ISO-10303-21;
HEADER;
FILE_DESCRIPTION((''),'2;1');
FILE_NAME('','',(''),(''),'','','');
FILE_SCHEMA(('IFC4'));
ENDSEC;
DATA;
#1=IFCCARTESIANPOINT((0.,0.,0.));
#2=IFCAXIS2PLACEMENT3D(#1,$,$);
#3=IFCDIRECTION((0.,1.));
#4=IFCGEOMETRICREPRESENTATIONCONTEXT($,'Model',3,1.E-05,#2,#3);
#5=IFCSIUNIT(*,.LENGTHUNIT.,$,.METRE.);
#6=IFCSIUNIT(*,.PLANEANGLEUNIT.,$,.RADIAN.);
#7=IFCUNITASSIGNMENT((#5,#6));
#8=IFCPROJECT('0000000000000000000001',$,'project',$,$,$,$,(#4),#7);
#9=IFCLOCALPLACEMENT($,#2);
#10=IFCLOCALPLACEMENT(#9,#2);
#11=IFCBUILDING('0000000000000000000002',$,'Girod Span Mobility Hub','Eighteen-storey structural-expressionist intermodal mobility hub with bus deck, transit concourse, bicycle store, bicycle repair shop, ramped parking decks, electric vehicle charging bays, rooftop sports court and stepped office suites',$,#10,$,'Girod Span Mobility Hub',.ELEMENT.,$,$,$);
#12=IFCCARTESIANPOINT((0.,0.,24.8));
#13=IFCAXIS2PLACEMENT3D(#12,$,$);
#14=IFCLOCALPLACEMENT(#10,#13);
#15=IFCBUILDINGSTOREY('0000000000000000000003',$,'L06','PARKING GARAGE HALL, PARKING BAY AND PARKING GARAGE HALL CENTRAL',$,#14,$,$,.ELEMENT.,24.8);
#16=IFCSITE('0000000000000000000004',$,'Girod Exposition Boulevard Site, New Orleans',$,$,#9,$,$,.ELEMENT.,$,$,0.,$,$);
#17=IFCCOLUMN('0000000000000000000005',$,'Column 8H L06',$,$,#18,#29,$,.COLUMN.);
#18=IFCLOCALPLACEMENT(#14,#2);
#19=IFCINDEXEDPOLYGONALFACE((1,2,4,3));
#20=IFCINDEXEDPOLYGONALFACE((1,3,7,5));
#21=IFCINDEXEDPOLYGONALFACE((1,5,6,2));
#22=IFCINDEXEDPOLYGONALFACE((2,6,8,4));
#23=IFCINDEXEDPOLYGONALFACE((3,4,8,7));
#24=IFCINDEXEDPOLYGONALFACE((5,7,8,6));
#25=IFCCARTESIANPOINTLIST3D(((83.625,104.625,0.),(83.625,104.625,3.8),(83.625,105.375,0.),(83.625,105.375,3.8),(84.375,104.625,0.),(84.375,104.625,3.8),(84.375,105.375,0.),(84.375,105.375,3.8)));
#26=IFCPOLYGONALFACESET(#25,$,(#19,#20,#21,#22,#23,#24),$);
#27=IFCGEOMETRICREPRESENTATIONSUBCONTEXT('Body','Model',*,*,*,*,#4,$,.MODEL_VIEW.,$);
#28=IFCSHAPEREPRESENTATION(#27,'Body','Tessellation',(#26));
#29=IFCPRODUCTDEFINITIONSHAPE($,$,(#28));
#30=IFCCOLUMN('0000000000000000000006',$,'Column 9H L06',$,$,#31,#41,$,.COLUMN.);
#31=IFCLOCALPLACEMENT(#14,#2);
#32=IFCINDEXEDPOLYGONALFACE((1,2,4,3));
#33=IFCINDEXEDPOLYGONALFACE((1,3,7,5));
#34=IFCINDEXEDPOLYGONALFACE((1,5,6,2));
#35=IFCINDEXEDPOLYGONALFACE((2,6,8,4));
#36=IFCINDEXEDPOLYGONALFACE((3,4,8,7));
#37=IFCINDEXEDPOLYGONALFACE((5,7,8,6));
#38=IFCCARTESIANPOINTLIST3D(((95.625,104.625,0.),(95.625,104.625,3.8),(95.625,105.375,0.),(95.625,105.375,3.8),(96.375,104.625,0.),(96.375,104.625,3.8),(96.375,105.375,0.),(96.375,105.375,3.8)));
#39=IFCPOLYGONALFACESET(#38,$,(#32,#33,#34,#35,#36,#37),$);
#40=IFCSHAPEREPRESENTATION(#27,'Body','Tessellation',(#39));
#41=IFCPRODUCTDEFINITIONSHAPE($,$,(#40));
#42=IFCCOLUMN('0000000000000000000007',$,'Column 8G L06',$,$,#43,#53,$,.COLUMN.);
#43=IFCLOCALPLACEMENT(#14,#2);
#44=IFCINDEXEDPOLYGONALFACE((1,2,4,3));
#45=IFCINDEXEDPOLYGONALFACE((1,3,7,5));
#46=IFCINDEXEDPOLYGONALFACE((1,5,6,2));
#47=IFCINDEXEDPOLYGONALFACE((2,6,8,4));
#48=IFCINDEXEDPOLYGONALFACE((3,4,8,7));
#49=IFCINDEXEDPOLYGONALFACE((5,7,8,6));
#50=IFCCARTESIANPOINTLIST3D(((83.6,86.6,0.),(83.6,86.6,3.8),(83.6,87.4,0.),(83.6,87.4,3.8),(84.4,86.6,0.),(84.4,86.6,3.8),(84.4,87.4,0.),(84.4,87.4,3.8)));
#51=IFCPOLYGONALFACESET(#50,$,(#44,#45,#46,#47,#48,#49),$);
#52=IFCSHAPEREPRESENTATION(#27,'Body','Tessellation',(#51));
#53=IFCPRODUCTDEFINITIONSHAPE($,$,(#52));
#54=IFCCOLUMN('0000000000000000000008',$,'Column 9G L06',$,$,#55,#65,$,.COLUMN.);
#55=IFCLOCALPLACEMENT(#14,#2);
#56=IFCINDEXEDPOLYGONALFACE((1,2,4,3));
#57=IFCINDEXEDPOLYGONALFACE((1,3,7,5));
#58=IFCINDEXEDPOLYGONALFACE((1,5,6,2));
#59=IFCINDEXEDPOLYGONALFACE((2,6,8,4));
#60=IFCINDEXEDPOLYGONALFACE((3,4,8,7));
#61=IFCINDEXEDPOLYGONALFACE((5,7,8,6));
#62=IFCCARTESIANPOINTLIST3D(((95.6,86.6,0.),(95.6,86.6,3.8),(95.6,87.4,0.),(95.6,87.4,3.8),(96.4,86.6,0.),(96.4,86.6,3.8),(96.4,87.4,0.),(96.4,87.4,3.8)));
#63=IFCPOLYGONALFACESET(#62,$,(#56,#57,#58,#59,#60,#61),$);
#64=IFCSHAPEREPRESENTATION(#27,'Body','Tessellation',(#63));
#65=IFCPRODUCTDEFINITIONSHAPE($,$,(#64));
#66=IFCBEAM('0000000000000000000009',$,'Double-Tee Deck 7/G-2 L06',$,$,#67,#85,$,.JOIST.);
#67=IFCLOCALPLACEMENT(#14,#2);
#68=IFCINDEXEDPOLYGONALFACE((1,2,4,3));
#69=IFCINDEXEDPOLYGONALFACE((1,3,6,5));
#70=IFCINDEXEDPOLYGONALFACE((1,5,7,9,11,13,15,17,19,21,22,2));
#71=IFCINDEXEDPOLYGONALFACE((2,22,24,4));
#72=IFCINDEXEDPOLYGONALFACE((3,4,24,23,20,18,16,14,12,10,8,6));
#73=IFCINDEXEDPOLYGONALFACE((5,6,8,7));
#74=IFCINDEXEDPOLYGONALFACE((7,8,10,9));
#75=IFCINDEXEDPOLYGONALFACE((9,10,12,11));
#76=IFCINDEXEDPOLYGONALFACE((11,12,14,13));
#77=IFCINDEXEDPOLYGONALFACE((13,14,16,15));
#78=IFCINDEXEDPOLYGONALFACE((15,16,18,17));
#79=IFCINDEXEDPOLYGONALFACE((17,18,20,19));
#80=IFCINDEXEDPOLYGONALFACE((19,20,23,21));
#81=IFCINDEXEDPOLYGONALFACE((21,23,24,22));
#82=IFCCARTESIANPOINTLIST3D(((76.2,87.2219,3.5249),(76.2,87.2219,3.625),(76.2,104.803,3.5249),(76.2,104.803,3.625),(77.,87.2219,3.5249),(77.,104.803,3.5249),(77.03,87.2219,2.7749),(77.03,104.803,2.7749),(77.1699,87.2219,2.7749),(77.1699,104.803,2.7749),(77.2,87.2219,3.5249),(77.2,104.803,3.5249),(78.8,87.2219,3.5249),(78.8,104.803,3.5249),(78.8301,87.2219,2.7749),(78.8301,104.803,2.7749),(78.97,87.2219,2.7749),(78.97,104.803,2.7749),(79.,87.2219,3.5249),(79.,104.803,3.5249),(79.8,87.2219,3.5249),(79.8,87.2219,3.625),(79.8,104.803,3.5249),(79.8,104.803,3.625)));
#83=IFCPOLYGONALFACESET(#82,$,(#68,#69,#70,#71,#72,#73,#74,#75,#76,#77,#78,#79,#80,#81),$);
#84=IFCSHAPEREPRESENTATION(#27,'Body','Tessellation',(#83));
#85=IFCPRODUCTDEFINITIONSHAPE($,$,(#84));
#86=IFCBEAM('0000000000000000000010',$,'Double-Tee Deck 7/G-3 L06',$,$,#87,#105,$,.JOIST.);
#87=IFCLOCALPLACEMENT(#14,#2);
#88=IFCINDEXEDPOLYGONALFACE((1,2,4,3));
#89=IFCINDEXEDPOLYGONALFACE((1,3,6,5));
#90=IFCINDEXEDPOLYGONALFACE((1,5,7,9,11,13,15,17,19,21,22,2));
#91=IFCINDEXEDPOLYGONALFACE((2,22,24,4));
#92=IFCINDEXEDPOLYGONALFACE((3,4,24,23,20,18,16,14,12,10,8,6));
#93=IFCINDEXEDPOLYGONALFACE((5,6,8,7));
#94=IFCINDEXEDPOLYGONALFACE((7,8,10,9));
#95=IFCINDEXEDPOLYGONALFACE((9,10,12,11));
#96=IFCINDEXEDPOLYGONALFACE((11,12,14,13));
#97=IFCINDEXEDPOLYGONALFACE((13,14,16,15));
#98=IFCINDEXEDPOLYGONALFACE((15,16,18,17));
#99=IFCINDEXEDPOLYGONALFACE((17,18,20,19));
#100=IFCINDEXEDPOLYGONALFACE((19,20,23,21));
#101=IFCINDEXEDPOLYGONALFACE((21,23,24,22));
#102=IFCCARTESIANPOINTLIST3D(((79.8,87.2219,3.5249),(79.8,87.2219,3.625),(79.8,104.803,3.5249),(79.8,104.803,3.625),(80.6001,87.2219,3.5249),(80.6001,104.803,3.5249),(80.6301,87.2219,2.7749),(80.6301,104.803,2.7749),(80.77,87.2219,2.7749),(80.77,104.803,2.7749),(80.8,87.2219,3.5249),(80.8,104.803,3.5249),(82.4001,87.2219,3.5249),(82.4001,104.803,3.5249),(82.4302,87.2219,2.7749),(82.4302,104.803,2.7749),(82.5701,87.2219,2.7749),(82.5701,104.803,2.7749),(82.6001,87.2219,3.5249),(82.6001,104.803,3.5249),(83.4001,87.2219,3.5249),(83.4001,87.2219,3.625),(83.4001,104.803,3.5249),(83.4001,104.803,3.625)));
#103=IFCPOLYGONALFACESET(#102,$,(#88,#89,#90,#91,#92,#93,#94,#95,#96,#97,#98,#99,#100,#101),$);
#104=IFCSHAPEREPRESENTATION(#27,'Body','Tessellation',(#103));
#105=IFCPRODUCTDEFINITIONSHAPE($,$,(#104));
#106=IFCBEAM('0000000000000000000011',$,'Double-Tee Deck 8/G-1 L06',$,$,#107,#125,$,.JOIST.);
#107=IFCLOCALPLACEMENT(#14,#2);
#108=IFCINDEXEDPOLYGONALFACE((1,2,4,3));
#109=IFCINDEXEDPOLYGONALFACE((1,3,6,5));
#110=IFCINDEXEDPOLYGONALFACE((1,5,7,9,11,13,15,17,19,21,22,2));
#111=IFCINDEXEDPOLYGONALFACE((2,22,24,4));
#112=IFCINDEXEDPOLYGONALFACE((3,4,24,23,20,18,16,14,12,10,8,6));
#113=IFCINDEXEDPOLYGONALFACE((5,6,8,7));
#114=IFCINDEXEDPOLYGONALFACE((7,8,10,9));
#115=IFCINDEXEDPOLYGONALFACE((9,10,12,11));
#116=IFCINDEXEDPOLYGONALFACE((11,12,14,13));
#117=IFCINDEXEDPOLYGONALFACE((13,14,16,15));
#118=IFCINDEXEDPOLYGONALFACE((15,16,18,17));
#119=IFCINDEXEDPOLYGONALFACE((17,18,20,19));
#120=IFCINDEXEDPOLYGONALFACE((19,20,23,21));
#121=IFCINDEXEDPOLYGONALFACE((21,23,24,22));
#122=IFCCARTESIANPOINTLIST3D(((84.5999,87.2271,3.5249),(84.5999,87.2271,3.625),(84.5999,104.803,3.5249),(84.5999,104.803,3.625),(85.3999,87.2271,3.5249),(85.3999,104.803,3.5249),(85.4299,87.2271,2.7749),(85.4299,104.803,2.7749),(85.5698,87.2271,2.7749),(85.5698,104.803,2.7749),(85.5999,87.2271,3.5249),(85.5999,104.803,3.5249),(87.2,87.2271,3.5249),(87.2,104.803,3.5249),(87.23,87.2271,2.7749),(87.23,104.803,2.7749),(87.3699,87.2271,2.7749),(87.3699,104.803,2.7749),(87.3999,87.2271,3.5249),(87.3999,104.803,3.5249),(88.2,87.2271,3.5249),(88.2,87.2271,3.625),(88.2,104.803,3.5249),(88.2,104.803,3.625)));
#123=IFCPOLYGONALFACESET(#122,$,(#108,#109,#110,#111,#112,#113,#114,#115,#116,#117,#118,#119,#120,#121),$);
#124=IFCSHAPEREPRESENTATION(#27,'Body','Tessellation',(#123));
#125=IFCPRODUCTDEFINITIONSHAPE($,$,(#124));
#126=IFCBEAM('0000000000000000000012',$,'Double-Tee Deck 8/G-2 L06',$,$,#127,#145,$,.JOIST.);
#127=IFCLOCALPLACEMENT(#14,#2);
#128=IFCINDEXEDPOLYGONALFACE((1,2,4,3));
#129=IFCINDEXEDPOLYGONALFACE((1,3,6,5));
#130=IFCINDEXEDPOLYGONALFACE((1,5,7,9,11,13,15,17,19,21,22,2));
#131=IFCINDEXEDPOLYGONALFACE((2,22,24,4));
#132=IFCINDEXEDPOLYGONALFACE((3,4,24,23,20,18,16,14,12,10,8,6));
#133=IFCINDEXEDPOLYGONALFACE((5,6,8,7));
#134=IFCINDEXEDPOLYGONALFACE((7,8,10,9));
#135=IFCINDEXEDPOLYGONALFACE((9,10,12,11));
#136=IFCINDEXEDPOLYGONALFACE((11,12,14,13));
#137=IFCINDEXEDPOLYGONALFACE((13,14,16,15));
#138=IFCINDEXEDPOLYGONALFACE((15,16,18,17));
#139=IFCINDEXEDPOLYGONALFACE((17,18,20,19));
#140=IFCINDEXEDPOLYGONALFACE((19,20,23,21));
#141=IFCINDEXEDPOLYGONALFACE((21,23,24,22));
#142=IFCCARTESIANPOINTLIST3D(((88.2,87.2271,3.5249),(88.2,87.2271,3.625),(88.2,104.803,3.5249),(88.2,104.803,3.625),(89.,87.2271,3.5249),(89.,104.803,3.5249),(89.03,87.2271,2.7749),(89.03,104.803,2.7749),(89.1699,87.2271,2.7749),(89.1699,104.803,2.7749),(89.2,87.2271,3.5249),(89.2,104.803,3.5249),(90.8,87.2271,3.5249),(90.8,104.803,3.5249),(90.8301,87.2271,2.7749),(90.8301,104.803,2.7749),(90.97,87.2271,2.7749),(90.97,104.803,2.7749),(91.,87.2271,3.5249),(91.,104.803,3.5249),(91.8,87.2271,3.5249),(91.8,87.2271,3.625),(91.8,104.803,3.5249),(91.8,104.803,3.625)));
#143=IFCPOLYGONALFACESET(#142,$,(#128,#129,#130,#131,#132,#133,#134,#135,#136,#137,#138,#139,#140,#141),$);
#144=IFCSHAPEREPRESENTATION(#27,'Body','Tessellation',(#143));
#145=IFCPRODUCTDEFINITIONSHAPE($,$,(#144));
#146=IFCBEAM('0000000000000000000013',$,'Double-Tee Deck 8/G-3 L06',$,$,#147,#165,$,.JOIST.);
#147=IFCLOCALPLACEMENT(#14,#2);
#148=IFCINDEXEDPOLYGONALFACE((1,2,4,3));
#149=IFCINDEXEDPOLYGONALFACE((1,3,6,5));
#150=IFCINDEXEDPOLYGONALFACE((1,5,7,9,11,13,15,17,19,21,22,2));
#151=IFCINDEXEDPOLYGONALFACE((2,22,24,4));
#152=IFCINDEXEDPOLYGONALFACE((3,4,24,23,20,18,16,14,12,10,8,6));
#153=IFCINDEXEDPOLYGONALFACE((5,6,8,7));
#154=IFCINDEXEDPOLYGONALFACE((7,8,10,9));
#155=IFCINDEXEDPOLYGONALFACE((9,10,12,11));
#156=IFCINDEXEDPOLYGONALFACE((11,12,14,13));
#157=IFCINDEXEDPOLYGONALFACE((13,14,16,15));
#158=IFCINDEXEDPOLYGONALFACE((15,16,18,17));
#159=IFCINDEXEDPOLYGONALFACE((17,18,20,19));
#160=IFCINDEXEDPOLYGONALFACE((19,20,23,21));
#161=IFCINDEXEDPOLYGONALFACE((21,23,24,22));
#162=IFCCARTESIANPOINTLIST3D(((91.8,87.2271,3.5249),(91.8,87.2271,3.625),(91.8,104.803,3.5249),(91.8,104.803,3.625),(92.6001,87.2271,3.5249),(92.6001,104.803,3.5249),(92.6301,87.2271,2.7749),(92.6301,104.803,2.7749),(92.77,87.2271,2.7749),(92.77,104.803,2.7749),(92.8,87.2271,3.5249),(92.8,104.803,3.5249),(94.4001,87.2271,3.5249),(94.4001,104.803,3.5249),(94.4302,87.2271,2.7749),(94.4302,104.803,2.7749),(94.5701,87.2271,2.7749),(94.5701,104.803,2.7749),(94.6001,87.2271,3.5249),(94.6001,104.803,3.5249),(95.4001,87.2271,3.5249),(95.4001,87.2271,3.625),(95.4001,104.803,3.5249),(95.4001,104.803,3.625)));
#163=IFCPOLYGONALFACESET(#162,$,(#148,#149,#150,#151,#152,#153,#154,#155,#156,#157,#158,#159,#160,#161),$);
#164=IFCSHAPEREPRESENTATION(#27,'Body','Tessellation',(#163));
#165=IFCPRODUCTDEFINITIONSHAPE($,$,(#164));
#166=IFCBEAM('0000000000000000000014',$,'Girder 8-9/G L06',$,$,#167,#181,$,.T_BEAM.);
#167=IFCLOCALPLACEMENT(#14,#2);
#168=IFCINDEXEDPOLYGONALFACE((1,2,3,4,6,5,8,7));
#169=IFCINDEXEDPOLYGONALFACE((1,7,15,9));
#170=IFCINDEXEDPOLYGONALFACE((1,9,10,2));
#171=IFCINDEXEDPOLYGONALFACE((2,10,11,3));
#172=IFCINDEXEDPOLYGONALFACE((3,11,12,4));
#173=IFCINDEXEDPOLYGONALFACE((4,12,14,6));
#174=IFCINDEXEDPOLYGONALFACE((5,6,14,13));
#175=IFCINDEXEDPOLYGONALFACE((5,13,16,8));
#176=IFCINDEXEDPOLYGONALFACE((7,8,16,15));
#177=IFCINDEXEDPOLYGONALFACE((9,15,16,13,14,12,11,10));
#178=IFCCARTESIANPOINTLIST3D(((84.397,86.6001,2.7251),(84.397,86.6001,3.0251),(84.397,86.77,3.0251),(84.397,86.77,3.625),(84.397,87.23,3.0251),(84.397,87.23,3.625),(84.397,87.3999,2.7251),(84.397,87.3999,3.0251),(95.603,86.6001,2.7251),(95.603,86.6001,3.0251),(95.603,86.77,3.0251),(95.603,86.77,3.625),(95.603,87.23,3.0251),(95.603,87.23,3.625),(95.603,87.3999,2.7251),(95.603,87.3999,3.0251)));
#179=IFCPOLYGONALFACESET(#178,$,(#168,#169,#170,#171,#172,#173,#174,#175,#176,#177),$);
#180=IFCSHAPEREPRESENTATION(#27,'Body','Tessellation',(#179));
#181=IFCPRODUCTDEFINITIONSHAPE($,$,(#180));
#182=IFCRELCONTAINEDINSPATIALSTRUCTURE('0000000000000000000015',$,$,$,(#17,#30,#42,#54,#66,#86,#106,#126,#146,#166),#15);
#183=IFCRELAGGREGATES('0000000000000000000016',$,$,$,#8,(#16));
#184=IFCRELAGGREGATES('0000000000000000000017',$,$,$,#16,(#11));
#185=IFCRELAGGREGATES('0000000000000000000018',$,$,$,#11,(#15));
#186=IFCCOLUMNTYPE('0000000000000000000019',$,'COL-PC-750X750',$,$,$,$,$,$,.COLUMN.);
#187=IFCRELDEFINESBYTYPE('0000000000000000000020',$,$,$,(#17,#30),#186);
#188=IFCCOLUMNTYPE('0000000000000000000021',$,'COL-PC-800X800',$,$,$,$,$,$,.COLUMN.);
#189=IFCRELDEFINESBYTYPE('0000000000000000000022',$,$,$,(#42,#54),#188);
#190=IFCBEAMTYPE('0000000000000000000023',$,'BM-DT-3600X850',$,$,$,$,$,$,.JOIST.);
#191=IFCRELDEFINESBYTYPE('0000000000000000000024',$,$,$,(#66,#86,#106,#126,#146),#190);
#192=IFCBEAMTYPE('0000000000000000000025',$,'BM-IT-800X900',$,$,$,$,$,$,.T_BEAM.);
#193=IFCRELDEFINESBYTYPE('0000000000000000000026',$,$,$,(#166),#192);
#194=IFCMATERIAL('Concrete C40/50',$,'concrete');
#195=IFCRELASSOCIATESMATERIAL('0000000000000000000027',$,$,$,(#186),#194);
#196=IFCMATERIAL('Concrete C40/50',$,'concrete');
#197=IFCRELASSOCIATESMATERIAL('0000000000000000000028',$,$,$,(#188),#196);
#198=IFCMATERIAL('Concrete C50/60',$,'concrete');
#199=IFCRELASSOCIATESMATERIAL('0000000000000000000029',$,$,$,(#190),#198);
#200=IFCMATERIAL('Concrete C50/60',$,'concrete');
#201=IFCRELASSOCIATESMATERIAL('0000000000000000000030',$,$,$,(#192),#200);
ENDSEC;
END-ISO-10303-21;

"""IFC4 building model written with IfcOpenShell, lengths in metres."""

from ifc_helpers import new_model, si_unit, direction, frame, origin, origin_2d, place, context, subcontext, project, spatial, polyline, rectangle, outline, extrude, material, material_profile, profile_set, type_object, element, save


model = new_model("IFC4")

# Units and contexts
model_context = context("Model", 3, precision=1e-05, world=origin(), true_north=direction((0.0, 1.0)))
body_context = subcontext(model_context, "Body", "Model", "MODEL_VIEW")
ifc_project = project(units=[si_unit("LENGTHUNIT", "METRE"), si_unit("PLANEANGLEUNIT", "RADIAN")], contexts=[model_context])

# Site, building, storey
site_placement = place(None, origin())
site = spatial("IfcSite", under=ifc_project, at=site_placement, Name="Girod Exposition Boulevard Site, New Orleans", CompositionType="ELEMENT", RefElevation=0.0)
building_placement = place(site_placement, origin())
building = spatial("IfcBuilding", under=site, at=building_placement, Name="Girod Span Mobility Hub", Description="Eighteen-storey structural-expressionist intermodal mobility hub with bus deck, transit concourse, bicycle store, bicycle repair shop, ramped parking decks, electric vehicle charging bays, rooftop sports court and stepped office suites", LongName="Girod Span Mobility Hub", CompositionType="ELEMENT")
storey_placement = place(building_placement, frame((0.0, 0.0, 24.8)))
storey = spatial("IfcBuildingStorey", under=building, at=storey_placement, Name="L06", Description="PARKING GARAGE HALL, PARKING BAY AND PARKING GARAGE HALL CENTRAL", CompositionType="ELEMENT", Elevation=24.8)

# Columns
ifc_material_1 = material(Name="Concrete C40/50", Category="concrete")
ifc_material_profile_1 = material_profile(ifc_material_1, rectangle(XDim=0.75, YDim=0.75, at=origin_2d()), Name="PC-COL-750X750")
ifc_profile_set_1 = profile_set([ifc_material_profile_1], Name="Concrete C40/50")
column_type_1 = type_object("IfcColumnType", Name="COL-PC-750X750", PredefinedType="COLUMN", material=ifc_profile_set_1)
for number, where, z_axis, x_axis, name in (
    (1, (84.0, 105.0, 0.0), (0.0, 0.0, 1.0), (1.0, 0.0, 0.0), "Column 8H L06"),
    (2, (96.0, 105.0, 0.0), (0.0, 0.0, 1.0), (1.0, 0.0, 0.0), "Column 9H L06"),
):
    element("IfcColumn", number, at=place(storey_placement, frame(where, z_axis=z_axis, x_axis=x_axis)), inside=storey, type_object=column_type_1, Name=name, PredefinedType="COLUMN", context=body_context, shape_type="SweptSolid", body=[
        extrude(rectangle(XDim=0.75, YDim=0.75, at=origin_2d()), origin(), (0.0, 0.0, 1.0), 3.8),
    ])
ifc_material_2 = material(Name="Concrete C40/50", Category="concrete")
ifc_material_profile_2 = material_profile(ifc_material_2, rectangle(XDim=0.8, YDim=0.8, at=origin_2d()), Name="PC-COL-800X800")
ifc_profile_set_2 = profile_set([ifc_material_profile_2], Name="Concrete C40/50")
column_type_2 = type_object("IfcColumnType", Name="COL-PC-800X800", PredefinedType="COLUMN", material=ifc_profile_set_2)
for number, where, z_axis, x_axis, name in (
    (3, (84.0, 87.0, 0.0), (0.0, 0.0, 1.0), (1.0, 0.0, 0.0), "Column 8G L06"),
    (4, (96.0, 87.0, 0.0), (0.0, 0.0, 1.0), (1.0, 0.0, 0.0), "Column 9G L06"),
):
    element("IfcColumn", number, at=place(storey_placement, frame(where, z_axis=z_axis, x_axis=x_axis)), inside=storey, type_object=column_type_2, Name=name, PredefinedType="COLUMN", context=body_context, shape_type="SweptSolid", body=[
        extrude(rectangle(XDim=0.8, YDim=0.8, at=origin_2d()), origin(), (0.0, 0.0, 1.0), 3.8),
    ])

# Beams
ifc_material_3 = material(Name="Concrete C50/60", Category="concrete")
ifc_material_profile_3 = material_profile(ifc_material_3, outline(polyline([(-1.8, 0.425), (-1.8, 0.325), (-1.0, 0.325), (-0.97, -0.425), (-0.8301, -0.425), (-0.8, 0.325), (0.8, 0.325), (0.8301, -0.425), (0.97, -0.425), (1.0, 0.325), (1.8, 0.325), (1.8, 0.425), (-1.8, 0.425)])), Name="DT-3600X850")
ifc_profile_set_3 = profile_set([ifc_material_profile_3], Name="Concrete C50/60")
beam_type_1 = type_object("IfcBeamType", Name="BM-DT-3600X850", PredefinedType="JOIST", material=ifc_profile_set_3)
for number, where, z_axis, x_axis, name in (
    (5, (78.0, 87.2219, 3.2), (0.0, 1.0, 0.0), (-1.0, 0.0, 0.0), "Double-Tee Deck 7/G-2 L06"),
    (6, (81.6001, 87.2219, 3.2), (0.0, 1.0, 0.0), (-1.0, 0.0, 0.0), "Double-Tee Deck 7/G-3 L06"),
):
    element("IfcBeam", number, at=place(storey_placement, frame(where, z_axis=z_axis, x_axis=x_axis)), inside=storey, type_object=beam_type_1, Name=name, PredefinedType="JOIST", context=body_context, shape_type="SweptSolid", body=[
        extrude(outline(polyline([(-1.8, 0.425), (-1.8, 0.325), (-1.0, 0.325), (-0.97, -0.425), (-0.8301, -0.425), (-0.8, 0.325), (0.8, 0.325), (0.8301, -0.425), (0.97, -0.425), (1.0, 0.325), (1.8, 0.325), (1.8, 0.425), (-1.8, 0.425)])), origin(), (0.0, 0.0, 1.0), 17.5811),
    ])
for number, where, z_axis, x_axis, name in (
    (7, (86.3999, 87.2271, 3.2), (0.0, 1.0, 0.0), (-1.0, 0.0, 0.0), "Double-Tee Deck 8/G-1 L06"),
    (8, (90.0, 87.2271, 3.2), (0.0, 1.0, 0.0), (-1.0, 0.0, 0.0), "Double-Tee Deck 8/G-2 L06"),
    (9, (93.6001, 87.2271, 3.2), (0.0, 1.0, 0.0), (-1.0, 0.0, 0.0), "Double-Tee Deck 8/G-3 L06"),
):
    element("IfcBeam", number, at=place(storey_placement, frame(where, z_axis=z_axis, x_axis=x_axis)), inside=storey, type_object=beam_type_1, Name=name, PredefinedType="JOIST", context=body_context, shape_type="SweptSolid", body=[
        extrude(outline(polyline([(-1.8, 0.425), (-1.8, 0.325), (-1.0, 0.325), (-0.97, -0.425), (-0.8301, -0.425), (-0.8, 0.325), (0.8, 0.325), (0.8301, -0.425), (0.97, -0.425), (1.0, 0.325), (1.8, 0.325), (1.8, 0.425), (-1.8, 0.425)])), origin(), (0.0, 0.0, 1.0), 17.5759),
    ])
ifc_material_4 = material(Name="Concrete C50/60", Category="concrete")
ifc_material_profile_4 = material_profile(ifc_material_4, outline(polyline([(-0.3999, -0.45), (0.3999, -0.45), (0.3999, -0.1499), (0.23, -0.1499), (0.23, 0.45), (-0.23, 0.45), (-0.23, -0.1499), (-0.3999, -0.1499), (-0.3999, -0.45)])), Name="IT-800X900")
ifc_profile_set_4 = profile_set([ifc_material_profile_4], Name="Concrete C50/60")
beam_type_2 = type_object("IfcBeamType", Name="BM-IT-800X900", PredefinedType="T_BEAM", material=ifc_profile_set_4)
beam_1_placement = place(storey_placement, frame((84.397, 87.0, 3.175), z_axis=(1.0, 0.0, 0.0), x_axis=(0.0, 1.0, 0.0)))
element("IfcBeam", 10, at=beam_1_placement, inside=storey, type_object=beam_type_2, Name="Girder 8-9/G L06", PredefinedType="T_BEAM", context=body_context, shape_type="SweptSolid", body=[
    extrude(outline(polyline([(-0.3999, -0.45), (0.3999, -0.45), (0.3999, -0.1499), (0.23, -0.1499), (0.23, 0.45), (-0.23, 0.45), (-0.23, -0.1499), (-0.3999, -0.1499), (-0.3999, -0.45)])), origin(), (0.0, 0.0, 1.0), 11.2061),
])

save(model, "model.ifc")
